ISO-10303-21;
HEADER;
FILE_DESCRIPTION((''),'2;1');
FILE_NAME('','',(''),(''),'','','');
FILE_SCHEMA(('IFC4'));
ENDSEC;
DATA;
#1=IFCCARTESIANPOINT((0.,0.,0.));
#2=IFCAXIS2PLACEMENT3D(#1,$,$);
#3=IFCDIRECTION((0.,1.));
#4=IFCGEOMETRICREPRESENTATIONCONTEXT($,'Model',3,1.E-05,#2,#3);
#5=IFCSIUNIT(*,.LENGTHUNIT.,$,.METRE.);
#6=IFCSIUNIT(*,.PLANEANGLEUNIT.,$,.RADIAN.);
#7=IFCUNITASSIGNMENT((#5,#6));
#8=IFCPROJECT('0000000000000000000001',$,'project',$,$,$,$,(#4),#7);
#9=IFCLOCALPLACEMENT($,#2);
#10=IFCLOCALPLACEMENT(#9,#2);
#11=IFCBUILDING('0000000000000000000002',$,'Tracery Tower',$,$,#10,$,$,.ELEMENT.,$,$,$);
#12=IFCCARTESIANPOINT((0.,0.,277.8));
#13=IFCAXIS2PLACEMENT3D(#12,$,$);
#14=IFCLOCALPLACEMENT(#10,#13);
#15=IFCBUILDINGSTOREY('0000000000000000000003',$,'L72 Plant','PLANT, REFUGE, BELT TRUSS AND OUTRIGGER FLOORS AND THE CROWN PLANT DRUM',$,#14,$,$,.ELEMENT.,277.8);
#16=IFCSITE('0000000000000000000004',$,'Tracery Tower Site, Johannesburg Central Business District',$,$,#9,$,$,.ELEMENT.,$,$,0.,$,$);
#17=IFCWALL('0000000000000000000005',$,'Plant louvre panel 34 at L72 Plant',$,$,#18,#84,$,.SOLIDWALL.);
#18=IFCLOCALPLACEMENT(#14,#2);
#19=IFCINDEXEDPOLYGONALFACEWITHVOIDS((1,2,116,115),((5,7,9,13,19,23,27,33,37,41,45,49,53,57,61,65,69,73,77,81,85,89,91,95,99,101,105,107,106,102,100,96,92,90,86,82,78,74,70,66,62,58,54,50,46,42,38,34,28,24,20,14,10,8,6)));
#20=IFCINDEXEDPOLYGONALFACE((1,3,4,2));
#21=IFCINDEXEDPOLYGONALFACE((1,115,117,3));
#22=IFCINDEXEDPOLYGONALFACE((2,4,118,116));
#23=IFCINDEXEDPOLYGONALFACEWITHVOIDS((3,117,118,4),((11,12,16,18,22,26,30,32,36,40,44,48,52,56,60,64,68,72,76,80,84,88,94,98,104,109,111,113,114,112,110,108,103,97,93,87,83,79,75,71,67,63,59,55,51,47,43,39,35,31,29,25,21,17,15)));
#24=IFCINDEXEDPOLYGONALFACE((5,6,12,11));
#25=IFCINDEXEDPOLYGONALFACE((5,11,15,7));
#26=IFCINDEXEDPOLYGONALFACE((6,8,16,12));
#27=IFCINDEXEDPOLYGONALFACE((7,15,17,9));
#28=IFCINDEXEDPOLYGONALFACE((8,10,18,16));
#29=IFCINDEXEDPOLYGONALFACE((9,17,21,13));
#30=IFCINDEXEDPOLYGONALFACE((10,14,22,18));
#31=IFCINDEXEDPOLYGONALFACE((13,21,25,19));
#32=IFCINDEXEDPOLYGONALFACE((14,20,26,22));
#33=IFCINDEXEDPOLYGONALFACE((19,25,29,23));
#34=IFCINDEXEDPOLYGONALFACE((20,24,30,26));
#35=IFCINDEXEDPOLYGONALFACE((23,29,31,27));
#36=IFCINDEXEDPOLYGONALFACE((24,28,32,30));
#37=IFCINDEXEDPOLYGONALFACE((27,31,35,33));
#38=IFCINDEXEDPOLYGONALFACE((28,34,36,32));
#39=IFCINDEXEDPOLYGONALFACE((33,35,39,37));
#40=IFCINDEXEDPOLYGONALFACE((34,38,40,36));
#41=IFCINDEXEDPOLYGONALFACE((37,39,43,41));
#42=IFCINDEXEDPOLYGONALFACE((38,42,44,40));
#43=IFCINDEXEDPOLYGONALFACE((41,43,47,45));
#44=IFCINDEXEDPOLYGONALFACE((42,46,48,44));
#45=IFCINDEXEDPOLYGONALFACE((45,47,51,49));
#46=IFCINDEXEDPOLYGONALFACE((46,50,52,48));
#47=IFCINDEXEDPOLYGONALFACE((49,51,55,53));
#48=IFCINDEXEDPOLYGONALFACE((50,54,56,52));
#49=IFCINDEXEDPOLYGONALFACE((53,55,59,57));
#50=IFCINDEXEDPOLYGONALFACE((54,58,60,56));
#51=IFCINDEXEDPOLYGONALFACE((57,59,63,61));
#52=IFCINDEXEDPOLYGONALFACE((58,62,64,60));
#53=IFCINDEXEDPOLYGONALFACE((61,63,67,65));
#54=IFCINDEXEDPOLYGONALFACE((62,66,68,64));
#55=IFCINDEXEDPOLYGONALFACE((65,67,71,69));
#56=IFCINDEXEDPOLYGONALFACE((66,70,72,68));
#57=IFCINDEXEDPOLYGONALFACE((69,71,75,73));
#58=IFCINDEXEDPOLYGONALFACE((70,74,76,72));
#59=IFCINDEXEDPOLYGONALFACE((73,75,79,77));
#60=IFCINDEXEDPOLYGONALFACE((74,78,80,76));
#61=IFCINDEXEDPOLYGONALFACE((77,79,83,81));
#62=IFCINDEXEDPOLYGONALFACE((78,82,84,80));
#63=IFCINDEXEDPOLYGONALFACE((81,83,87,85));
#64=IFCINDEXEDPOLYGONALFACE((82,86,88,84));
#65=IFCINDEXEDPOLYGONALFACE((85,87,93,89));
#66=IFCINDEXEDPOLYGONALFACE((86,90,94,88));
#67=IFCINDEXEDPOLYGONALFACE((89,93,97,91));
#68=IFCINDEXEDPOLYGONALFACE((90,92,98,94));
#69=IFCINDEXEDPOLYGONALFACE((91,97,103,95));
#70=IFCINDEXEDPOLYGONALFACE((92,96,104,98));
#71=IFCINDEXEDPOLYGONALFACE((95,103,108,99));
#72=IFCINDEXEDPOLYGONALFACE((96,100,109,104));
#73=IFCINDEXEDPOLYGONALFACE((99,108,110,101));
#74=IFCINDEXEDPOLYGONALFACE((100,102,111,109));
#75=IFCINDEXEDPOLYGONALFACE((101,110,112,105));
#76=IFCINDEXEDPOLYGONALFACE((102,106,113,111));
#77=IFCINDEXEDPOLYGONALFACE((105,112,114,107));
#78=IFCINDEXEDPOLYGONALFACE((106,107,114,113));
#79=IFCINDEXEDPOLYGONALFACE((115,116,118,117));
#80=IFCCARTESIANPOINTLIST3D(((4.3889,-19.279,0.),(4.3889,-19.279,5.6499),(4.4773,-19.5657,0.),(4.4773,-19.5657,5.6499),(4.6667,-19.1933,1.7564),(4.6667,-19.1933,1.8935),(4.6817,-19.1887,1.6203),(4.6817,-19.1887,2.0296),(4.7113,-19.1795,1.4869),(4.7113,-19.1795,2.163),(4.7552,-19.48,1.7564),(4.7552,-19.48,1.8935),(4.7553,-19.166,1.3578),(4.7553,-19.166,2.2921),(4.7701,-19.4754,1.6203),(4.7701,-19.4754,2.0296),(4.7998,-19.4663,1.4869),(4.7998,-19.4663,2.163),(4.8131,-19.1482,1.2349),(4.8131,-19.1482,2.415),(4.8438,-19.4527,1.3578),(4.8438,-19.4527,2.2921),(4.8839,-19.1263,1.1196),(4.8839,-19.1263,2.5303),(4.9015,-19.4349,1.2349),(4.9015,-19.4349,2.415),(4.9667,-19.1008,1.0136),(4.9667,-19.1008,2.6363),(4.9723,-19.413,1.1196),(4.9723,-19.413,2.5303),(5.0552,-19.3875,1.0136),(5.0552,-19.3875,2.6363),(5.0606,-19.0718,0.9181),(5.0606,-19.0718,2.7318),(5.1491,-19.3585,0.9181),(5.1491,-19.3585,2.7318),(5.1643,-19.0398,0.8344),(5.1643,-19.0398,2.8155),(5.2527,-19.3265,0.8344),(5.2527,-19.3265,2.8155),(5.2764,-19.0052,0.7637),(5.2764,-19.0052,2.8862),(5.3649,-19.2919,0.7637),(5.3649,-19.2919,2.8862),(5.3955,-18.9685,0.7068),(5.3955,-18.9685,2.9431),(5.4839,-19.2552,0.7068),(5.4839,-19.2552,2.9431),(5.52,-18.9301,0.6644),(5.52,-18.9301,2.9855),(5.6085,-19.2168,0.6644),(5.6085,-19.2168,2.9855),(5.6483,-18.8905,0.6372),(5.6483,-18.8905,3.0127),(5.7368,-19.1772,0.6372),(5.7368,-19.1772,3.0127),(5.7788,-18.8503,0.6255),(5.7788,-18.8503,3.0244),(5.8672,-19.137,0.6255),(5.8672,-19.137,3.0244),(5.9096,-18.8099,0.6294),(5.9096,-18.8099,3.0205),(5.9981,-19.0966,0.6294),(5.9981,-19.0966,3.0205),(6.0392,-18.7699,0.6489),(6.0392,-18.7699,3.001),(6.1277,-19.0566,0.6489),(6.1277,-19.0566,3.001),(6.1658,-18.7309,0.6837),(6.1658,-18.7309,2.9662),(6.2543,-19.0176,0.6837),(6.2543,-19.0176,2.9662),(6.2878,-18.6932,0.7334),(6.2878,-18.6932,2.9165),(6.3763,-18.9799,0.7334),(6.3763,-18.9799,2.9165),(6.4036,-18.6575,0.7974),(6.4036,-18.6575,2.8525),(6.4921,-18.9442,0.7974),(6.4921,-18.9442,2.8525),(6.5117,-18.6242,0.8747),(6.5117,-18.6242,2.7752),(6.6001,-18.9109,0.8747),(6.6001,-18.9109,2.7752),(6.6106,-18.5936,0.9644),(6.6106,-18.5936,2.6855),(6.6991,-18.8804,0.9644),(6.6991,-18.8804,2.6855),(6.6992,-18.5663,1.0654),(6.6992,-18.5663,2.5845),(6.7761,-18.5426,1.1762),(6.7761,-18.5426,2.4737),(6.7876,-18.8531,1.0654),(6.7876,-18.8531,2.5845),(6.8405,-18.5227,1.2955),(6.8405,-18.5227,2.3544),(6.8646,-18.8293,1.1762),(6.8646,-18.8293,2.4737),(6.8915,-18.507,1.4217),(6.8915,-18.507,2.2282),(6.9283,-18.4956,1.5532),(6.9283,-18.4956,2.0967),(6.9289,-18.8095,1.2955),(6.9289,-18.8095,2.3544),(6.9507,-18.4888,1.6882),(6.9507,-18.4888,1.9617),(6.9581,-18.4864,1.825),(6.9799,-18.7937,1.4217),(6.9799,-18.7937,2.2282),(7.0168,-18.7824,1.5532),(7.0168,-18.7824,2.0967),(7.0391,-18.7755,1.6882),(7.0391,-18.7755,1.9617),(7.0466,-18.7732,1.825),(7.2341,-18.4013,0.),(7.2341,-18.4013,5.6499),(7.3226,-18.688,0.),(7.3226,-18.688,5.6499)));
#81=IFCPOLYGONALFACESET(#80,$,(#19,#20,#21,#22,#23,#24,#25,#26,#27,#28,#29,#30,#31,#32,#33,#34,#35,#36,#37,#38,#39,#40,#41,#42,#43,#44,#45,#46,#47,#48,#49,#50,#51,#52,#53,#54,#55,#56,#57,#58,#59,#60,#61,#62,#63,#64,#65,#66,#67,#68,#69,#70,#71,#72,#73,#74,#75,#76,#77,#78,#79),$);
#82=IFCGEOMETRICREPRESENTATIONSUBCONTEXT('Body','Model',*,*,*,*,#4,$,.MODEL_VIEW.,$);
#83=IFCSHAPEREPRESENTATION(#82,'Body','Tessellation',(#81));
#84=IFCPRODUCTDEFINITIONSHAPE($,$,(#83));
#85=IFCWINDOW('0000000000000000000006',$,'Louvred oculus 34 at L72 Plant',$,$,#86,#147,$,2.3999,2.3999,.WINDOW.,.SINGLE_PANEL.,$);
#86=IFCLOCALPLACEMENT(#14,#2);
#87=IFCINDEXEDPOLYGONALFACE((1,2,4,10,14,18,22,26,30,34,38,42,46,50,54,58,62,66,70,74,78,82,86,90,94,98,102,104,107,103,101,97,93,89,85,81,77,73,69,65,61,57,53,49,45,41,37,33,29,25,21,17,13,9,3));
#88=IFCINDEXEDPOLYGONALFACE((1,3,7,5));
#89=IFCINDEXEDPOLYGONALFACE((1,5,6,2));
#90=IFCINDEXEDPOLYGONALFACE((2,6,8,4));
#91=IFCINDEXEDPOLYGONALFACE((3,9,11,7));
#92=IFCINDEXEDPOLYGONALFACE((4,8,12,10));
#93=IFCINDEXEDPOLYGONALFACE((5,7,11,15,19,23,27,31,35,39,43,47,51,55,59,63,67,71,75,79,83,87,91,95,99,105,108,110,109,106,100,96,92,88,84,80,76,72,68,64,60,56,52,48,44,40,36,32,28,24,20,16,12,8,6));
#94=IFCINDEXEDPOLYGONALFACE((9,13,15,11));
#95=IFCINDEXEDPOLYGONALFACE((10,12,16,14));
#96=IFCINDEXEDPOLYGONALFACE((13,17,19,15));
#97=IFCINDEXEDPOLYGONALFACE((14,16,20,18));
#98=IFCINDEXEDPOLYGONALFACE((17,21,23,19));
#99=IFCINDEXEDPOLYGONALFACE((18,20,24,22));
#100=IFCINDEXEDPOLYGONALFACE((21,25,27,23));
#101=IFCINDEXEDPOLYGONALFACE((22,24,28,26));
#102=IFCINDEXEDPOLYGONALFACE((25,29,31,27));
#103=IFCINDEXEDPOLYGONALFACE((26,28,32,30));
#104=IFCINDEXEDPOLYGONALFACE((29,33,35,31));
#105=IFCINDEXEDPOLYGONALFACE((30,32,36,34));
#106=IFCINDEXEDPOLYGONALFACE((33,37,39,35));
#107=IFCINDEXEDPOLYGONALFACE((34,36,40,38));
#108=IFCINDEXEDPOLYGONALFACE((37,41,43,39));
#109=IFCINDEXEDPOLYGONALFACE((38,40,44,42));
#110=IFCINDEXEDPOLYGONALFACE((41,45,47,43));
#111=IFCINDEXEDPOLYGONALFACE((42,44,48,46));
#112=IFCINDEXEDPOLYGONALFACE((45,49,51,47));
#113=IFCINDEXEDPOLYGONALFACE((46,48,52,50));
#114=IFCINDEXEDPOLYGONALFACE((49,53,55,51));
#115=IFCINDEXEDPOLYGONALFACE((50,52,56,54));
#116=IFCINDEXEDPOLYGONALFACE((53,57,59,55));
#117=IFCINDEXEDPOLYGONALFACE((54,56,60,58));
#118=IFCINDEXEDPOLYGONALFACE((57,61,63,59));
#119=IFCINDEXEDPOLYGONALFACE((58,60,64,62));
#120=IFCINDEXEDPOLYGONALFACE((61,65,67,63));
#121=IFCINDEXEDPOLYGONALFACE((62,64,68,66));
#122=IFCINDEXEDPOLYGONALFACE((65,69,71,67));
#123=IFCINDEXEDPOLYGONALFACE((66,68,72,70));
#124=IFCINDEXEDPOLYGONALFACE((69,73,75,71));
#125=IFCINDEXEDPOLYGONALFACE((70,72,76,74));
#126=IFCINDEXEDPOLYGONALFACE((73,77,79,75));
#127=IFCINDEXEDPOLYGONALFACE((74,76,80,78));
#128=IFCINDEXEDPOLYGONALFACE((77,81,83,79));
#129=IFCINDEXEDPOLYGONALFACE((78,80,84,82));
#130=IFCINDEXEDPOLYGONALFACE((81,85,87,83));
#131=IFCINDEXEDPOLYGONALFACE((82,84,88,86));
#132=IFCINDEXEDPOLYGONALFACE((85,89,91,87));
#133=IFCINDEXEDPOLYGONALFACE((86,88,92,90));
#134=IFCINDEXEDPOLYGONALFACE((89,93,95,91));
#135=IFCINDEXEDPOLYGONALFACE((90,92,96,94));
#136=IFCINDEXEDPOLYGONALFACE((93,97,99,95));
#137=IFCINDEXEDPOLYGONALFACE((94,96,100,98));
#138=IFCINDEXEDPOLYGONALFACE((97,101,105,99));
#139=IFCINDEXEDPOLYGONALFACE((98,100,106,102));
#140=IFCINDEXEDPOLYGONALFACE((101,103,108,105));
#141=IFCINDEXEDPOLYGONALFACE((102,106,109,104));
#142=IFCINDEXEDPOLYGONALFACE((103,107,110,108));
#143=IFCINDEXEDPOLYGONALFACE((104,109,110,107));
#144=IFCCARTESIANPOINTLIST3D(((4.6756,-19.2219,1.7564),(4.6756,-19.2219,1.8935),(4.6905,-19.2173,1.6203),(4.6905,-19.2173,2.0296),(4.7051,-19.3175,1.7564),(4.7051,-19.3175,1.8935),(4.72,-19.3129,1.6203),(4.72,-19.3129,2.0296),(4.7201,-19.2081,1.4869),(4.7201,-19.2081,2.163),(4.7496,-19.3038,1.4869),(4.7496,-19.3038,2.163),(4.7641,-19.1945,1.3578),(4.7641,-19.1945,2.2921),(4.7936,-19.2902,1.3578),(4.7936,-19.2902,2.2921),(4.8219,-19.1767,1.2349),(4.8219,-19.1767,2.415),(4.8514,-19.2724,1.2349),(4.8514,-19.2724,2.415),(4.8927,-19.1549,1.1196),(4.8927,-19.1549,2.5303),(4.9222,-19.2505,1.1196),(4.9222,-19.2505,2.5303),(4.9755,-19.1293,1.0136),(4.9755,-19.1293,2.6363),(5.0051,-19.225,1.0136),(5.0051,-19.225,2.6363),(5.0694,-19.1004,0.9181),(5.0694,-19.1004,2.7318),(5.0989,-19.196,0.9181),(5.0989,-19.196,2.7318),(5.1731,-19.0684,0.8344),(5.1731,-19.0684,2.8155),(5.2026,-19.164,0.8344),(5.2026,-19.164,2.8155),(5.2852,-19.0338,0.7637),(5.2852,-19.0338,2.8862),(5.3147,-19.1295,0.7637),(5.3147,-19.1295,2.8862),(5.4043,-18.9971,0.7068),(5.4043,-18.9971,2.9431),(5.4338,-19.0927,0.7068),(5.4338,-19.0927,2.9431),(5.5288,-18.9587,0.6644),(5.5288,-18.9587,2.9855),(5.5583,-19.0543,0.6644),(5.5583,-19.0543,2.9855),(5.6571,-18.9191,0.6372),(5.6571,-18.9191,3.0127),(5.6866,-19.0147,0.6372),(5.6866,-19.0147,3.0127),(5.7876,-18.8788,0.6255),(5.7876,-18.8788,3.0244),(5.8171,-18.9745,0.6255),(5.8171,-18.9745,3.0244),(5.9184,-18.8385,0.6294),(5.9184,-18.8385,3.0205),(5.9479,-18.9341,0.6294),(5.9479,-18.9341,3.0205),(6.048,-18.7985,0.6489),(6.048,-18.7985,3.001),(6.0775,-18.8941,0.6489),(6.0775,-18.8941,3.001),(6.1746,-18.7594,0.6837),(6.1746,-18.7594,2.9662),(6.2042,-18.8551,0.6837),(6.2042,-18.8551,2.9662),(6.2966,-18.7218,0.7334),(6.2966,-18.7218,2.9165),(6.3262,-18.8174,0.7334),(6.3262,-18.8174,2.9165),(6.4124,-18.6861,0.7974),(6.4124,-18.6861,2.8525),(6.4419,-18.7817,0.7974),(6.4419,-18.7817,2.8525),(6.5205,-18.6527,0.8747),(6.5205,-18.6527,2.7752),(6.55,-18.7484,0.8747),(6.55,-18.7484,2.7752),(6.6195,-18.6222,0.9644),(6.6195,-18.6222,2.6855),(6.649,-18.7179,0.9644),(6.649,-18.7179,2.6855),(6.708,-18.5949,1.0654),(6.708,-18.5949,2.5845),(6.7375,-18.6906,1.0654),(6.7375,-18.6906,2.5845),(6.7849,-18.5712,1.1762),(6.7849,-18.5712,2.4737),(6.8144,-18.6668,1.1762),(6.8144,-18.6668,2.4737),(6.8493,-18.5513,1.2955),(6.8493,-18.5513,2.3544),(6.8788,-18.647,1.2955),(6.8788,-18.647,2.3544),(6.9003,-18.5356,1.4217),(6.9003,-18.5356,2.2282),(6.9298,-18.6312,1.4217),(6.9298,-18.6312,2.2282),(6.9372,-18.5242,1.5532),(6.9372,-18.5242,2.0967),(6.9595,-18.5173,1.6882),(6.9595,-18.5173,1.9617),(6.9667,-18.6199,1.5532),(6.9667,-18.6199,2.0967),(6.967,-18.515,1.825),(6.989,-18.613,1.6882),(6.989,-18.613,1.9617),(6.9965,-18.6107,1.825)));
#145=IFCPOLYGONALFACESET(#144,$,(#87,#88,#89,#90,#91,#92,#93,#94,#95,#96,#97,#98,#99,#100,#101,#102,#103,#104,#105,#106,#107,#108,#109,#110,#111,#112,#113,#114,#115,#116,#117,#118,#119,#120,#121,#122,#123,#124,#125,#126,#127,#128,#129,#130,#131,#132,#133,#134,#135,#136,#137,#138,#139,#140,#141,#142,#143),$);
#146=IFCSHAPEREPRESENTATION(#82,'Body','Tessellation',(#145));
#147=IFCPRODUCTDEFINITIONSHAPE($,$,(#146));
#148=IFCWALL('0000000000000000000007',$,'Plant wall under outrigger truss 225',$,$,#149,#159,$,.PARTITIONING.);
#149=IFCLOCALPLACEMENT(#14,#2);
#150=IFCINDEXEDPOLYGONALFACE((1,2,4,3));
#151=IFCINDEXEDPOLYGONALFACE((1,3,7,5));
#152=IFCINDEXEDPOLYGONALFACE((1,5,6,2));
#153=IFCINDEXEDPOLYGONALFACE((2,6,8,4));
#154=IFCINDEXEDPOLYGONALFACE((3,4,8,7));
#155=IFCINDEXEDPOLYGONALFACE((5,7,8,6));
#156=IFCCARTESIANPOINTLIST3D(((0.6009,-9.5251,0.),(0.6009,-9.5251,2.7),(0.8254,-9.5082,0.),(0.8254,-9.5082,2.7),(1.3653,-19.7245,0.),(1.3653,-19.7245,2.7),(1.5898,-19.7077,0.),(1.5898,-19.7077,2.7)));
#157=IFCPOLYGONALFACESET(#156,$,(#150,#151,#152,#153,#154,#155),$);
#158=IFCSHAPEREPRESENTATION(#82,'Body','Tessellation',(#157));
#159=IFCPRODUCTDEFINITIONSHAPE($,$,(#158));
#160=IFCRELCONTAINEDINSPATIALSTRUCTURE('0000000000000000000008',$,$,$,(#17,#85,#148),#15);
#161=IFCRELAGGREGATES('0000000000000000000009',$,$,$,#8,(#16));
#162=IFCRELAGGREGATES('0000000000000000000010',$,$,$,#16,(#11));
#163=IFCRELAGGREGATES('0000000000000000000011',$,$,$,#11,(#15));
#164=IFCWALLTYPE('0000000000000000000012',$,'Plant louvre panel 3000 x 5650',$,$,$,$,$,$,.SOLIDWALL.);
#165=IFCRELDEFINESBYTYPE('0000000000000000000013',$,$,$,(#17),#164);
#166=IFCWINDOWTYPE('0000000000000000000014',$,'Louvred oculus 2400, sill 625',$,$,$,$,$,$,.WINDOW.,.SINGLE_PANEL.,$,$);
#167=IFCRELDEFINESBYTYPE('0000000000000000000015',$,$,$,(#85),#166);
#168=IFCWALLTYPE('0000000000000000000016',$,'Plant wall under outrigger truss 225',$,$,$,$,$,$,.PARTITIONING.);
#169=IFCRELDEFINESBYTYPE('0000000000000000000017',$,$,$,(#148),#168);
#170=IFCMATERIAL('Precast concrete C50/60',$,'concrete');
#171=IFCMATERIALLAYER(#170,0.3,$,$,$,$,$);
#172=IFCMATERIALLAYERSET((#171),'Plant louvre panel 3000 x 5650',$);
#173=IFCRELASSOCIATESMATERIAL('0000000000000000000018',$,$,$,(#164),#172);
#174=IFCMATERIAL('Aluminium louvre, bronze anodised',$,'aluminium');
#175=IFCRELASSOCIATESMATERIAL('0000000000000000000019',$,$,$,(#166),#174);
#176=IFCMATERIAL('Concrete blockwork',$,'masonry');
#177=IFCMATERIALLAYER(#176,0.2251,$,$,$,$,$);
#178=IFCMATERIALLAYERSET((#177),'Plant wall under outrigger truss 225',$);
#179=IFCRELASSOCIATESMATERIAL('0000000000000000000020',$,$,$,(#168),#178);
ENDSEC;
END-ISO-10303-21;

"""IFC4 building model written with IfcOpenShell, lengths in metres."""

from ifc_helpers import new_model, si_unit, direction, frame, frame_2d, origin, origin_2d, place, context, subcontext, project, spatial, rectangle, circle, extrude, material, layer, layer_set, type_object, element, fill, save


model = new_model("IFC4")

# Units and contexts
model_context = context("Model", 3, precision=1e-05, world=origin(), true_north=direction((0.0, 1.0)))
body_context = subcontext(model_context, "Body", "Model", "MODEL_VIEW")
ifc_project = project(units=[si_unit("LENGTHUNIT", "METRE"), si_unit("PLANEANGLEUNIT", "RADIAN")], contexts=[model_context])

# Site, building, storey
site_placement = place(None, origin())
site = spatial("IfcSite", under=ifc_project, at=site_placement, Name="Tracery Tower Site, Johannesburg Central Business District", CompositionType="ELEMENT", RefElevation=0.0)
building_placement = place(site_placement, origin())
building = spatial("IfcBuilding", under=site, at=building_placement, Name="Tracery Tower", CompositionType="ELEMENT")
storey_placement = place(building_placement, frame((0.0, 0.0, 277.8)))
storey = spatial("IfcBuildingStorey", under=building, at=storey_placement, Name="L72 Plant", Description="PLANT, REFUGE, BELT TRUSS AND OUTRIGGER FLOORS AND THE CROWN PLANT DRUM", CompositionType="ELEMENT", Elevation=277.8)

# Wall, opening, window
ifc_material_1 = material(Name="Precast concrete C50/60", Category="concrete")
ifc_layer_1 = layer(ifc_material_1, 0.3)
ifc_layer_set_1 = layer_set([ifc_layer_1], Name="Plant louvre panel 3000 x 5650")
wall_type_1 = type_object("IfcWallType", Name="Plant louvre panel 3000 x 5650", PredefinedType="SOLIDWALL", material=ifc_layer_set_1)
ifc_material_2 = material(Name="Aluminium louvre, bronze anodised", Category="aluminium")
window_type = type_object("IfcWindowType", Name="Louvred oculus 2400, sill 625", PartitioningType="SINGLE_PANEL", PredefinedType="WINDOW", material=ifc_material_2)
wall_1_placement = place(storey_placement, frame((4.4331, -19.4224, 0.0), z_axis=(0.0, 0.0, 1.0), x_axis=(0.955568, 0.294771, 0.0)))
wall_1 = element("IfcWall", 1, at=wall_1_placement, inside=storey, type_object=wall_type_1, Name="Plant louvre panel 34 at L72 Plant", PredefinedType="SOLIDWALL", context=body_context, shape_type="SweptSolid", body=[
    extrude(rectangle(XDim=2.9775, YDim=0.3, at=frame_2d((1.4888, 0.0))), origin(), (0.0, 0.0, 1.0), 5.6499),
])
opening_1_placement = place(wall_1_placement, frame((1.4888, 0.0, 1.825)))
opening_1 = element("IfcOpeningElement", 2, at=opening_1_placement, cuts=wall_1, PredefinedType="OPENING", context=body_context, shape_type="SweptSolid", body=[
    extrude(circle(Radius=1.2, at=origin_2d()), frame((0.0, 0.1599, 0.0), z_axis=(0.0, -1.0, 0.0), x_axis=(1.0, 0.0, 0.0)), (0.0, 0.0, 1.0), 0.3201),
])
window_1_placement = place(opening_1_placement, origin())
window_1 = element("IfcWindow", 3, at=window_1_placement, inside=storey, type_object=window_type, Name="Louvred oculus 34 at L72 Plant", OverallHeight=2.3999, OverallWidth=2.3999, PartitioningType="SINGLE_PANEL", PredefinedType="WINDOW", context=body_context, shape_type="SweptSolid", body=[
    extrude(circle(Radius=1.2, at=origin_2d()), frame((0.0, 0.1201, 0.0), z_axis=(0.0, -1.0, 0.0), x_axis=(1.0, 0.0, 0.0)), (0.0, 0.0, 1.0), 0.1001),
])
fill(opening_1, window_1)

# Wall
ifc_material_3 = material(Name="Concrete blockwork", Category="masonry")
ifc_layer_2 = layer(ifc_material_3, 0.2251)
ifc_layer_set_2 = layer_set([ifc_layer_2], Name="Plant wall under outrigger truss 225")
wall_type_2 = type_object("IfcWallType", Name="Plant wall under outrigger truss 225", PredefinedType="PARTITIONING", material=ifc_layer_set_2)
wall_2_placement = place(storey_placement, frame((1.4775, -19.7161, 0.0), z_axis=(0.0, 0.0, 1.0), x_axis=(-0.074736, 0.997203, 0.0)))
element("IfcWall", 4, at=wall_2_placement, inside=storey, type_object=wall_type_2, Name="Plant wall under outrigger truss 225", PredefinedType="PARTITIONING", context=body_context, shape_type="SweptSolid", body=[
    extrude(rectangle(XDim=10.228, YDim=0.2251, at=frame_2d((5.114, 0.0))), origin(), (0.0, 0.0, 1.0), 2.7),
])

save(model, "model.ifc")
